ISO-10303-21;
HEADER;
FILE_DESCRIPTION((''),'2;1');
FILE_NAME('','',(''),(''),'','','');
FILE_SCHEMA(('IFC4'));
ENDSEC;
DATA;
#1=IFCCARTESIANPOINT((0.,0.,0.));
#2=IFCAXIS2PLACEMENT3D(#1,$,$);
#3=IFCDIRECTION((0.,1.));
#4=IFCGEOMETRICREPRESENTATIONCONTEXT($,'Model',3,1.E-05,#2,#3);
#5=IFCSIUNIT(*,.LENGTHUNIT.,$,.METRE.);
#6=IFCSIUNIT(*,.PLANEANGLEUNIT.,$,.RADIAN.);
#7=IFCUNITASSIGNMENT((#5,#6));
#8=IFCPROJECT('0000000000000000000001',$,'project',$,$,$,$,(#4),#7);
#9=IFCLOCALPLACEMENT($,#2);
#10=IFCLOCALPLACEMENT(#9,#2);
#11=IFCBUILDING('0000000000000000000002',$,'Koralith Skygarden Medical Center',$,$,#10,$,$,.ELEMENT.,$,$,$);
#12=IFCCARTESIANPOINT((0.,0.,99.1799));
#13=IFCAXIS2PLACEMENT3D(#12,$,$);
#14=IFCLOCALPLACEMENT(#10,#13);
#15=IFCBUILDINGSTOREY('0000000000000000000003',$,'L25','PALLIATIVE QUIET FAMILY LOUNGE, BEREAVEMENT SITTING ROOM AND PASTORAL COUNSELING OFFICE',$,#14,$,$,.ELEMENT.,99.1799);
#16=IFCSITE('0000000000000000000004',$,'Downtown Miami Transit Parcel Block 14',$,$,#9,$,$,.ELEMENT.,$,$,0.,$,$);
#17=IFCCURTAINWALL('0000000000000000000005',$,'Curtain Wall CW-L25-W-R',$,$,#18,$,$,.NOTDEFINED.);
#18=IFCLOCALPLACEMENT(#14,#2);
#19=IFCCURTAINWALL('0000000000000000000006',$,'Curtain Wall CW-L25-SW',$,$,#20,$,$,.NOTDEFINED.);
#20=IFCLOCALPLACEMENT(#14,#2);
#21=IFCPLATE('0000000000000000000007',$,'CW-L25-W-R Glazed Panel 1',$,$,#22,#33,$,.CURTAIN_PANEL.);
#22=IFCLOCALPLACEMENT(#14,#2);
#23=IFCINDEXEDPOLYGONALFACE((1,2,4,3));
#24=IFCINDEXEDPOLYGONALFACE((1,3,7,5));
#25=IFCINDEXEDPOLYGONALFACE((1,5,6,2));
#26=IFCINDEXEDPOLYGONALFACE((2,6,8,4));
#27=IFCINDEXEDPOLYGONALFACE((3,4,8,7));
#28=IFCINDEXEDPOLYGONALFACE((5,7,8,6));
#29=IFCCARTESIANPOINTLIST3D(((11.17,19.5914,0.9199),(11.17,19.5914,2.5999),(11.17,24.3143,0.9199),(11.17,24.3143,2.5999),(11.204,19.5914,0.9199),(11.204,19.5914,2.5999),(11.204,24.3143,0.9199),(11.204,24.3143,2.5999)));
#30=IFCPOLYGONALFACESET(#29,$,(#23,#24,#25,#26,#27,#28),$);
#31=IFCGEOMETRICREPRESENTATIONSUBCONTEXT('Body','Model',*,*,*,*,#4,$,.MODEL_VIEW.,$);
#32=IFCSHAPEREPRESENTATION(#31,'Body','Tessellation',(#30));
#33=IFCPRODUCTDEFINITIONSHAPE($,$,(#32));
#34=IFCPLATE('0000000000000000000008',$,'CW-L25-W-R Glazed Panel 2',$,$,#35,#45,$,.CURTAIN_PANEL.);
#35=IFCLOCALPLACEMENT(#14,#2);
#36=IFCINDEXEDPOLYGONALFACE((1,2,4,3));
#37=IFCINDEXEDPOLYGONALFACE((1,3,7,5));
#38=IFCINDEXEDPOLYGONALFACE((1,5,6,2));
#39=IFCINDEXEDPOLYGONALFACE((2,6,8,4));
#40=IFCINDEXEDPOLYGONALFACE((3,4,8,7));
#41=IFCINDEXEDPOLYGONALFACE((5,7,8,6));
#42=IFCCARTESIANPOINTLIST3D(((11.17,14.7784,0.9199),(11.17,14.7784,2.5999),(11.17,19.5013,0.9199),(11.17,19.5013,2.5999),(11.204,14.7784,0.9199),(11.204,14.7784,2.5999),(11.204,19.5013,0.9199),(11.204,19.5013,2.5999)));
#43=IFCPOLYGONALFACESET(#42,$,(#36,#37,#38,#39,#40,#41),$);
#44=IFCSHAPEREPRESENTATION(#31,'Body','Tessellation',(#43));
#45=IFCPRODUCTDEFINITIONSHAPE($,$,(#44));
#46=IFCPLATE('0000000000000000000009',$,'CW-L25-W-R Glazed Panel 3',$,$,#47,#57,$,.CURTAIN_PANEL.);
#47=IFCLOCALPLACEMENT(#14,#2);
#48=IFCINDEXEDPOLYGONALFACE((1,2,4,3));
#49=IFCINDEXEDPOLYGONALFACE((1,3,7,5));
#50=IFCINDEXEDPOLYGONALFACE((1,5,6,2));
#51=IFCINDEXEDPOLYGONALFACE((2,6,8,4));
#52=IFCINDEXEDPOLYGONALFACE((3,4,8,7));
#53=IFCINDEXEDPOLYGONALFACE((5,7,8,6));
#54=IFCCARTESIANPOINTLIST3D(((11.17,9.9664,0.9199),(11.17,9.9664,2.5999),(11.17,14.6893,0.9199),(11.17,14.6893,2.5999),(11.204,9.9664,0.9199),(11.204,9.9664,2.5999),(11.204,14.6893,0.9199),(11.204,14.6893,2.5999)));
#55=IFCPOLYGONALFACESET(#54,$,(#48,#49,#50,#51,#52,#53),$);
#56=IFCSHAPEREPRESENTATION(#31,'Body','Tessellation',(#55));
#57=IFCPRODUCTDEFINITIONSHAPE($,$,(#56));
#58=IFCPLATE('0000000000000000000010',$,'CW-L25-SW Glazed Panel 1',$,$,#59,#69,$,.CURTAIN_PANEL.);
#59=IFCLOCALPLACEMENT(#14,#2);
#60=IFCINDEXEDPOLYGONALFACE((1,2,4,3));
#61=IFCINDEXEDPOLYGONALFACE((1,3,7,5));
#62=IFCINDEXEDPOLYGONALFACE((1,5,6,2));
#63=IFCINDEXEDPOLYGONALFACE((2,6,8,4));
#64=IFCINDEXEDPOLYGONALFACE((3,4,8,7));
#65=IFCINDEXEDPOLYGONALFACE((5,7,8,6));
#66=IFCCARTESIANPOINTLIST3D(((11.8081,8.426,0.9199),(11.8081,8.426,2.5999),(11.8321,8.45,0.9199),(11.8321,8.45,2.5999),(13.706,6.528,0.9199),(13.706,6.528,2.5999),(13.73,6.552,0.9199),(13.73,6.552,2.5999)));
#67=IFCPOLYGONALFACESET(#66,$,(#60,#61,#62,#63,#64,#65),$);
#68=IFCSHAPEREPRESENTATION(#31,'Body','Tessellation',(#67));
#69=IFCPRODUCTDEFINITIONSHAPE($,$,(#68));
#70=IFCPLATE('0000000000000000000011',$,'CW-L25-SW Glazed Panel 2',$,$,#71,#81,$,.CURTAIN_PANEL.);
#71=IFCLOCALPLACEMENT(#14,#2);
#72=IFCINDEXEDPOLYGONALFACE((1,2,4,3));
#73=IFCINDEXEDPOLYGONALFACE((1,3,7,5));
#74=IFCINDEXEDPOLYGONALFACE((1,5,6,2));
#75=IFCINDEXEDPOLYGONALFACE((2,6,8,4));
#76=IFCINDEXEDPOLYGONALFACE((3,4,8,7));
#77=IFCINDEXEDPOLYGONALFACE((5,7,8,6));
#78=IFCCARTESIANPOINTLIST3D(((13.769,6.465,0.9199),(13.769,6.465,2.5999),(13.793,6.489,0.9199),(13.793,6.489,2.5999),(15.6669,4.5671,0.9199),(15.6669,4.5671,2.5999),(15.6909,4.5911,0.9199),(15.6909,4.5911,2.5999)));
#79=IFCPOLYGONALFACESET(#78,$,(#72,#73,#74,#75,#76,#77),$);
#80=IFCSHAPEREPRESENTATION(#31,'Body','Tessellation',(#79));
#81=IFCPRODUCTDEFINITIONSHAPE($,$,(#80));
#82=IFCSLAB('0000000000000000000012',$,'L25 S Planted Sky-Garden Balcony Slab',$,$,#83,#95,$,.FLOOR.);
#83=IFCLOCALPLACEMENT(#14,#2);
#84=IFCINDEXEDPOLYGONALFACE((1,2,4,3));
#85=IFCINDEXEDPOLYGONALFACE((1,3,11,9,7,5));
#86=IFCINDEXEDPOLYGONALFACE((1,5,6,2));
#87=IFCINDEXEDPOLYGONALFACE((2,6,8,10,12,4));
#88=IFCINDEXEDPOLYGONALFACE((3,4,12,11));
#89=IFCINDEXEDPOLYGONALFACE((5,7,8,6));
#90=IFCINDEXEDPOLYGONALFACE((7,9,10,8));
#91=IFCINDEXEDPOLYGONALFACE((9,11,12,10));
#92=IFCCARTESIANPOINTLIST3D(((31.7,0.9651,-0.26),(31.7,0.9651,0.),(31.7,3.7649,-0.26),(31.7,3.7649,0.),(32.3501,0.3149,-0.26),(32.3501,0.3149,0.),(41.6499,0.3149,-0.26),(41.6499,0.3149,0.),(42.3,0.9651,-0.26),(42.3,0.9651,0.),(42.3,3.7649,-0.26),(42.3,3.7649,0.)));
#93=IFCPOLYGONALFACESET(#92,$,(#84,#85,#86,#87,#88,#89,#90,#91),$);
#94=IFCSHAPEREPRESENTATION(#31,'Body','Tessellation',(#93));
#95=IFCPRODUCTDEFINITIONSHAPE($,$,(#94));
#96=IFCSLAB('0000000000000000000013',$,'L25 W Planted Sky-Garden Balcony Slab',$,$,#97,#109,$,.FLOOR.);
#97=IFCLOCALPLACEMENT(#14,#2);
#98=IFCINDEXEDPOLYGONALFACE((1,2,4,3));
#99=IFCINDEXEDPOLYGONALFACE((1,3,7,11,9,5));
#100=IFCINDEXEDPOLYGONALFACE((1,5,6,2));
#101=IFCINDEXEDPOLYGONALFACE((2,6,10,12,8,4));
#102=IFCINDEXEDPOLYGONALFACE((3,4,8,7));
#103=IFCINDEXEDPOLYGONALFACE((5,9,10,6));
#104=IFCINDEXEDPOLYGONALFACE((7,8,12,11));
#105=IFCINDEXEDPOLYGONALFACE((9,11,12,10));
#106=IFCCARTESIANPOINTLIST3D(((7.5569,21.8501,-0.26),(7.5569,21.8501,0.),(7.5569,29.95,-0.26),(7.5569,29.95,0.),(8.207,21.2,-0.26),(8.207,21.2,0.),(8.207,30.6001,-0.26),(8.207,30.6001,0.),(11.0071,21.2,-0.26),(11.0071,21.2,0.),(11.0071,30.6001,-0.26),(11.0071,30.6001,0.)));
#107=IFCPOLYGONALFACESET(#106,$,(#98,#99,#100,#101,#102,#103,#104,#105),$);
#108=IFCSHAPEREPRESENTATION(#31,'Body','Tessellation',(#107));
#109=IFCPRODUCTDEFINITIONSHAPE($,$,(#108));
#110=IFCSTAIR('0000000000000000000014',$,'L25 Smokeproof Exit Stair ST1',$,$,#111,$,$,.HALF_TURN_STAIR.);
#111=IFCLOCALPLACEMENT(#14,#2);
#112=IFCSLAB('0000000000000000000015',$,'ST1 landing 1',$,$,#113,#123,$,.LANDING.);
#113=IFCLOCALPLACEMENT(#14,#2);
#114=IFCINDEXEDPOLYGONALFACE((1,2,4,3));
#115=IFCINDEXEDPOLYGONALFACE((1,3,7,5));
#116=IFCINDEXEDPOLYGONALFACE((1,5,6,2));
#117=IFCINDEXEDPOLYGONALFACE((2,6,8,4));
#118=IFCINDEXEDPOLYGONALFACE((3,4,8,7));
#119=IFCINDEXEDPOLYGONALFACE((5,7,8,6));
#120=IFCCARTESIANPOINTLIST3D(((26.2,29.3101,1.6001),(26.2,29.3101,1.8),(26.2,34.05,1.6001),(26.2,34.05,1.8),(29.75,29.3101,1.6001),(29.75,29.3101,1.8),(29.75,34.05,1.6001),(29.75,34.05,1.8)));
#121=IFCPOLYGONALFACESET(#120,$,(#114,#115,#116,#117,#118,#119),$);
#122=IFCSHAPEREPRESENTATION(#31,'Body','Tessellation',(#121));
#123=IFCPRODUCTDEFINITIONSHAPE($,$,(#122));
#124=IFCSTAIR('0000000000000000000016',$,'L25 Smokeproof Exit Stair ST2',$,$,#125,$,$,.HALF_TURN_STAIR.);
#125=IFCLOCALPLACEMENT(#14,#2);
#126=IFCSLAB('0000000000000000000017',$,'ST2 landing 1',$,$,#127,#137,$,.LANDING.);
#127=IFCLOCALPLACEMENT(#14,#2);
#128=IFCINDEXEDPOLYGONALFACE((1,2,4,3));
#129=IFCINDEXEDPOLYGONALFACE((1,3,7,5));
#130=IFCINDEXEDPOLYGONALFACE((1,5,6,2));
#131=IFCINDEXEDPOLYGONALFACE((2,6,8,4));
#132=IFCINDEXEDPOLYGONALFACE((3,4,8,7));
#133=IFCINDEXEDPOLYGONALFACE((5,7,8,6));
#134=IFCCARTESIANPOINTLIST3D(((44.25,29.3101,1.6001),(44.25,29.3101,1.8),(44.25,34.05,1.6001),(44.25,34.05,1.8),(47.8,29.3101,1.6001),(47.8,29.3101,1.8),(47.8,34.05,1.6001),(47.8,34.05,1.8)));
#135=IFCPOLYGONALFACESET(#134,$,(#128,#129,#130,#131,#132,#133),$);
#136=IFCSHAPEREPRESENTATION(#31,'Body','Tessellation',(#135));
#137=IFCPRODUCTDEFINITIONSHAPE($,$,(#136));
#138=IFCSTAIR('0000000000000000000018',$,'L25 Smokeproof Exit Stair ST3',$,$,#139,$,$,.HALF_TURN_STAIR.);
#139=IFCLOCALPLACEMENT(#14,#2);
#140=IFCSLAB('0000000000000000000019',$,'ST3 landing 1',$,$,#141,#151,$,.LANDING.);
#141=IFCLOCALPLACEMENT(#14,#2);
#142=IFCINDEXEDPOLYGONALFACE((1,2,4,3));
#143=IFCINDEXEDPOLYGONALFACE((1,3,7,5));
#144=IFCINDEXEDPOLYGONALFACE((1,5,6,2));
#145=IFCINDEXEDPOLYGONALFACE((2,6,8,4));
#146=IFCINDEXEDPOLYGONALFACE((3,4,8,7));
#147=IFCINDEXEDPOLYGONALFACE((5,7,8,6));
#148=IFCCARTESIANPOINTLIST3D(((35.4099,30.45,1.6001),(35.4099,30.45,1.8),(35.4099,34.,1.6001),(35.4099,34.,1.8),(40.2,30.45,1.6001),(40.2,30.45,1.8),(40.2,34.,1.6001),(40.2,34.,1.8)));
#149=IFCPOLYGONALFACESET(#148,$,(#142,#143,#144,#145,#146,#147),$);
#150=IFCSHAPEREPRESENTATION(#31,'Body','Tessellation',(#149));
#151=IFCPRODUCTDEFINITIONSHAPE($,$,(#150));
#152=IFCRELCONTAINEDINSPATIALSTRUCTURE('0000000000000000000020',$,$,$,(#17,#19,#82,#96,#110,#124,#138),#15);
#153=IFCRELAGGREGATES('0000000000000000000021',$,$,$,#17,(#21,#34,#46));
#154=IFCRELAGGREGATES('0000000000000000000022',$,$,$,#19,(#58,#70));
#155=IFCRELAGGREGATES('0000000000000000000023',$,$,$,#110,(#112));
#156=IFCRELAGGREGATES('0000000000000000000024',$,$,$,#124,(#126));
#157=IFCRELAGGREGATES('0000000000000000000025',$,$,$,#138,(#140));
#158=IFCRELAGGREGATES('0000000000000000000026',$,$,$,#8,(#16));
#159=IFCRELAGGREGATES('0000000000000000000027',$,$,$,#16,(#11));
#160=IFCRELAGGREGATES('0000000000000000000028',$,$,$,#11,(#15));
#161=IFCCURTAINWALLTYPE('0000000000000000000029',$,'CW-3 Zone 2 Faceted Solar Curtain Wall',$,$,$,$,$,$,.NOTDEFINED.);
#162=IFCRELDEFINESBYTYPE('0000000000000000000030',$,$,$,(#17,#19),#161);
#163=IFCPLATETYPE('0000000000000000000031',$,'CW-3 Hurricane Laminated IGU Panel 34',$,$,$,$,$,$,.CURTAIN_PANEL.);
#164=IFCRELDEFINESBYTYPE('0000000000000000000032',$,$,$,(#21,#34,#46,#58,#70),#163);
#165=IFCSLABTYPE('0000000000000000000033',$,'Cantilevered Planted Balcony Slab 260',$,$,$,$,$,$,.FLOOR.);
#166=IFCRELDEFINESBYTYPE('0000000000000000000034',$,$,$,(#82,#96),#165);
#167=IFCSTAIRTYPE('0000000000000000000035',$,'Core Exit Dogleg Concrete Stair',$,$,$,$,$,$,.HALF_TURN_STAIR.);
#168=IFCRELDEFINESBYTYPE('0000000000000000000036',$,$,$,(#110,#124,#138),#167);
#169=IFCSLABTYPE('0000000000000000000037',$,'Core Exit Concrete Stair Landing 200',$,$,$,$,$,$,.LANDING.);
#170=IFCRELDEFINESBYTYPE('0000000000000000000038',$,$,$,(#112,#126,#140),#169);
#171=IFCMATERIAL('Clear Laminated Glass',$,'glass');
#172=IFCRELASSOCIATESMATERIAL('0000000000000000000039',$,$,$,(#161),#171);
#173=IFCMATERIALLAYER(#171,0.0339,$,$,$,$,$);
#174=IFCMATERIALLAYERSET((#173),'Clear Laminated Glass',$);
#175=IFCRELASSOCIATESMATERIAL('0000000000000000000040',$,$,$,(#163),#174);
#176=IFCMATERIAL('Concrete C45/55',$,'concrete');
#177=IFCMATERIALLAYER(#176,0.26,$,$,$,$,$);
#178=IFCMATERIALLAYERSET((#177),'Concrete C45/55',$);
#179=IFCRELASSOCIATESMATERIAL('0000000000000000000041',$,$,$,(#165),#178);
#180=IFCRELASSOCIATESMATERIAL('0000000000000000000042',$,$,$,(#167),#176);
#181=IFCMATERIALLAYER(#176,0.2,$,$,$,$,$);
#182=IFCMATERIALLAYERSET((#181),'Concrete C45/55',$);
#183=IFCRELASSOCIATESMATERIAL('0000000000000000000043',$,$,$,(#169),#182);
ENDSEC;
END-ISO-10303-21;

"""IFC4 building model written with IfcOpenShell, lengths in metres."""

from ifc_helpers import new_model, si_unit, direction, frame, origin, origin_2d, place, context, subcontext, project, spatial, polyline, rectangle, outline, extrude, material, layer, layer_set, type_object, element, aggregate, save


model = new_model("IFC4")

# Units and contexts
model_context = context("Model", 3, precision=1e-05, world=origin(), true_north=direction((0.0, 1.0)))
body_context = subcontext(model_context, "Body", "Model", "MODEL_VIEW")
ifc_project = project(units=[si_unit("LENGTHUNIT", "METRE"), si_unit("PLANEANGLEUNIT", "RADIAN")], contexts=[model_context])

# Site, building, storey
site_placement = place(None, origin())
site = spatial("IfcSite", under=ifc_project, at=site_placement, Name="Downtown Miami Transit Parcel Block 14", CompositionType="ELEMENT", RefElevation=0.0)
building_placement = place(site_placement, origin())
building = spatial("IfcBuilding", under=site, at=building_placement, Name="Koralith Skygarden Medical Center", CompositionType="ELEMENT")
storey_placement = place(building_placement, frame((0.0, 0.0, 99.1799)))
storey = spatial("IfcBuildingStorey", under=building, at=storey_placement, Name="L25", Description="PALLIATIVE QUIET FAMILY LOUNGE, BEREAVEMENT SITTING ROOM AND PASTORAL COUNSELING OFFICE", CompositionType="ELEMENT", Elevation=99.1799)

# Curtain walls
ifc_material_1 = material(Name="Clear Laminated Glass", Category="glass")
curtain_wall_type = type_object("IfcCurtainWallType", Name="CW-3 Zone 2 Faceted Solar Curtain Wall", PredefinedType="NOTDEFINED", material=ifc_material_1)
curtain_wall_1_placement = place(storey_placement, origin())
curtain_wall_1 = element("IfcCurtainWall", 1, at=curtain_wall_1_placement, inside=storey, type_object=curtain_wall_type, Name="Curtain Wall CW-L25-W-R", PredefinedType="NOTDEFINED")
curtain_wall_2_placement = place(storey_placement, origin())
curtain_wall_2 = element("IfcCurtainWall", 2, at=curtain_wall_2_placement, inside=storey, type_object=curtain_wall_type, Name="Curtain Wall CW-L25-SW", PredefinedType="NOTDEFINED")

# Shared definitions
ifc_material_2 = material(Name="Concrete C45/55", Category="concrete")

# Plates
ifc_layer_1 = layer(ifc_material_1, 0.0339)
ifc_layer_set_1 = layer_set([ifc_layer_1], Name="Clear Laminated Glass")
plate_type_1 = type_object("IfcPlateType", Name="CW-3 Hurricane Laminated IGU Panel 34", PredefinedType="CURTAIN_PANEL", material=ifc_layer_set_1)
plate_1_placement = place(storey_placement, frame((11.187, 21.9529, 0.9199), z_axis=(0.0, 0.0, 1.0), x_axis=(0.0, -1.0, 0.0)))
plate_1 = element("IfcPlate", 3, at=plate_1_placement, type_object=plate_type_1, Name="CW-L25-W-R Glazed Panel 1", PredefinedType="CURTAIN_PANEL", context=body_context, shape_type="SweptSolid", body=[
    extrude(rectangle(XDim=4.7229, YDim=0.0339, at=origin_2d()), origin(), (0.0, 0.0, 1.0), 1.6799),
])
plate_2_placement = place(storey_placement, frame((11.187, 17.1399, 0.9199), z_axis=(0.0, 0.0, 1.0), x_axis=(0.0, -1.0, 0.0)))
plate_2 = element("IfcPlate", 4, at=plate_2_placement, type_object=plate_type_1, Name="CW-L25-W-R Glazed Panel 2", PredefinedType="CURTAIN_PANEL", context=body_context, shape_type="SweptSolid", body=[
    extrude(rectangle(XDim=4.7229, YDim=0.0339, at=origin_2d()), origin(), (0.0, 0.0, 1.0), 1.6799),
])
plate_3_placement = place(storey_placement, frame((11.187, 12.3279, 0.9199), z_axis=(0.0, 0.0, 1.0), x_axis=(0.0, -1.0, 0.0)))
plate_3 = element("IfcPlate", 5, at=plate_3_placement, type_object=plate_type_1, Name="CW-L25-W-R Glazed Panel 3", PredefinedType="CURTAIN_PANEL", context=body_context, shape_type="SweptSolid", body=[
    extrude(rectangle(XDim=4.7229, YDim=0.0339, at=origin_2d()), origin(), (0.0, 0.0, 1.0), 1.6799),
])
aggregate(curtain_wall_1, [plate_1, plate_2, plate_3])
plate_4_placement = place(storey_placement, frame((12.769, 7.489, 0.9199), z_axis=(0.0, 0.0, 1.0), x_axis=(0.707107, -0.707107, 0.0)))
plate_4 = element("IfcPlate", 6, at=plate_4_placement, type_object=plate_type_1, Name="CW-L25-SW Glazed Panel 1", PredefinedType="CURTAIN_PANEL", context=body_context, shape_type="SweptSolid", body=[
    extrude(rectangle(XDim=2.6841, YDim=0.0339, at=origin_2d()), origin(), (0.0, 0.0, 1.0), 1.6799),
])
plate_5_placement = place(storey_placement, frame((14.73, 5.5281, 0.9199), z_axis=(0.0, 0.0, 1.0), x_axis=(0.707107, -0.707107, 0.0)))
plate_5 = element("IfcPlate", 7, at=plate_5_placement, type_object=plate_type_1, Name="CW-L25-SW Glazed Panel 2", PredefinedType="CURTAIN_PANEL", context=body_context, shape_type="SweptSolid", body=[
    extrude(rectangle(XDim=2.6841, YDim=0.0339, at=origin_2d()), origin(), (0.0, 0.0, 1.0), 1.6799),
])
aggregate(curtain_wall_2, [plate_4, plate_5])

# Slabs
ifc_layer_2 = layer(ifc_material_2, 0.26)
ifc_layer_set_2 = layer_set([ifc_layer_2], Name="Concrete C45/55")
slab_type_1 = type_object("IfcSlabType", Name="Cantilevered Planted Balcony Slab 260", PredefinedType="FLOOR", material=ifc_layer_set_2)
slab_1_placement = place(storey_placement, frame((0.0, 0.0, -0.26)))
element("IfcSlab", 8, at=slab_1_placement, inside=storey, type_object=slab_type_1, Name="L25 S Planted Sky-Garden Balcony Slab", PredefinedType="FLOOR", context=body_context, shape_type="SweptSolid", body=[
    extrude(outline(polyline([(32.3501, 0.3149), (41.6499, 0.3149), (42.3, 0.9651), (42.3, 3.7649), (31.7, 3.7649), (31.7, 0.9651), (32.3501, 0.3149)])), origin(), (0.0, 0.0, 1.0), 0.26),
])
slab_2_placement = place(storey_placement, frame((0.0, 0.0, -0.26)))
element("IfcSlab", 9, at=slab_2_placement, inside=storey, type_object=slab_type_1, Name="L25 W Planted Sky-Garden Balcony Slab", PredefinedType="FLOOR", context=body_context, shape_type="SweptSolid", body=[
    extrude(outline(polyline([(8.207, 21.2), (11.0071, 21.2), (11.0071, 30.6001), (8.207, 30.6001), (7.5569, 29.95), (7.5569, 21.8501), (8.207, 21.2)])), origin(), (0.0, 0.0, 1.0), 0.26),
])

# Stairs, slabs
stair_type = type_object("IfcStairType", Name="Core Exit Dogleg Concrete Stair", PredefinedType="HALF_TURN_STAIR", material=ifc_material_2)
stair_1_placement = place(storey_placement, origin())
stair_1 = element("IfcStair", 10, at=stair_1_placement, inside=storey, type_object=stair_type, Name="L25 Smokeproof Exit Stair ST1", PredefinedType="HALF_TURN_STAIR")
ifc_layer_3 = layer(ifc_material_2, 0.2)
ifc_layer_set_3 = layer_set([ifc_layer_3], Name="Concrete C45/55")
slab_type_2 = type_object("IfcSlabType", Name="Core Exit Concrete Stair Landing 200", PredefinedType="LANDING", material=ifc_layer_set_3)
slab_3_placement = place(storey_placement, frame((0.0, 0.0, 1.6001)))
slab_3 = element("IfcSlab", 11, at=slab_3_placement, type_object=slab_type_2, Name="ST1 landing 1", PredefinedType="LANDING", context=body_context, shape_type="SweptSolid", body=[
    extrude(outline(polyline([(29.75, 29.3101), (29.75, 34.05), (26.2, 34.05), (26.2, 29.3101), (29.75, 29.3101)])), origin(), (0.0, 0.0, 1.0), 0.2),
])
aggregate(stair_1, [slab_3])
stair_2_placement = place(storey_placement, origin())
stair_2 = element("IfcStair", 12, at=stair_2_placement, inside=storey, type_object=stair_type, Name="L25 Smokeproof Exit Stair ST2", PredefinedType="HALF_TURN_STAIR")
slab_4_placement = place(storey_placement, frame((0.0, 0.0, 1.6001)))
slab_4 = element("IfcSlab", 13, at=slab_4_placement, type_object=slab_type_2, Name="ST2 landing 1", PredefinedType="LANDING", context=body_context, shape_type="SweptSolid", body=[
    extrude(outline(polyline([(47.8, 29.3101), (47.8, 34.05), (44.25, 34.05), (44.25, 29.3101), (47.8, 29.3101)])), origin(), (0.0, 0.0, 1.0), 0.2),
])
aggregate(stair_2, [slab_4])
stair_3_placement = place(storey_placement, origin())
stair_3 = element("IfcStair", 14, at=stair_3_placement, inside=storey, type_object=stair_type, Name="L25 Smokeproof Exit Stair ST3", PredefinedType="HALF_TURN_STAIR")
slab_5_placement = place(storey_placement, frame((0.0, 0.0, 1.6001)))
slab_5 = element("IfcSlab", 15, at=slab_5_placement, type_object=slab_type_2, Name="ST3 landing 1", PredefinedType="LANDING", context=body_context, shape_type="SweptSolid", body=[
    extrude(outline(polyline([(35.4099, 30.45), (40.2, 30.45), (40.2, 34.0), (35.4099, 34.0), (35.4099, 30.45)])), origin(), (0.0, 0.0, 1.0), 0.2),
])
aggregate(stair_3, [slab_5])

save(model, "model.ifc")
